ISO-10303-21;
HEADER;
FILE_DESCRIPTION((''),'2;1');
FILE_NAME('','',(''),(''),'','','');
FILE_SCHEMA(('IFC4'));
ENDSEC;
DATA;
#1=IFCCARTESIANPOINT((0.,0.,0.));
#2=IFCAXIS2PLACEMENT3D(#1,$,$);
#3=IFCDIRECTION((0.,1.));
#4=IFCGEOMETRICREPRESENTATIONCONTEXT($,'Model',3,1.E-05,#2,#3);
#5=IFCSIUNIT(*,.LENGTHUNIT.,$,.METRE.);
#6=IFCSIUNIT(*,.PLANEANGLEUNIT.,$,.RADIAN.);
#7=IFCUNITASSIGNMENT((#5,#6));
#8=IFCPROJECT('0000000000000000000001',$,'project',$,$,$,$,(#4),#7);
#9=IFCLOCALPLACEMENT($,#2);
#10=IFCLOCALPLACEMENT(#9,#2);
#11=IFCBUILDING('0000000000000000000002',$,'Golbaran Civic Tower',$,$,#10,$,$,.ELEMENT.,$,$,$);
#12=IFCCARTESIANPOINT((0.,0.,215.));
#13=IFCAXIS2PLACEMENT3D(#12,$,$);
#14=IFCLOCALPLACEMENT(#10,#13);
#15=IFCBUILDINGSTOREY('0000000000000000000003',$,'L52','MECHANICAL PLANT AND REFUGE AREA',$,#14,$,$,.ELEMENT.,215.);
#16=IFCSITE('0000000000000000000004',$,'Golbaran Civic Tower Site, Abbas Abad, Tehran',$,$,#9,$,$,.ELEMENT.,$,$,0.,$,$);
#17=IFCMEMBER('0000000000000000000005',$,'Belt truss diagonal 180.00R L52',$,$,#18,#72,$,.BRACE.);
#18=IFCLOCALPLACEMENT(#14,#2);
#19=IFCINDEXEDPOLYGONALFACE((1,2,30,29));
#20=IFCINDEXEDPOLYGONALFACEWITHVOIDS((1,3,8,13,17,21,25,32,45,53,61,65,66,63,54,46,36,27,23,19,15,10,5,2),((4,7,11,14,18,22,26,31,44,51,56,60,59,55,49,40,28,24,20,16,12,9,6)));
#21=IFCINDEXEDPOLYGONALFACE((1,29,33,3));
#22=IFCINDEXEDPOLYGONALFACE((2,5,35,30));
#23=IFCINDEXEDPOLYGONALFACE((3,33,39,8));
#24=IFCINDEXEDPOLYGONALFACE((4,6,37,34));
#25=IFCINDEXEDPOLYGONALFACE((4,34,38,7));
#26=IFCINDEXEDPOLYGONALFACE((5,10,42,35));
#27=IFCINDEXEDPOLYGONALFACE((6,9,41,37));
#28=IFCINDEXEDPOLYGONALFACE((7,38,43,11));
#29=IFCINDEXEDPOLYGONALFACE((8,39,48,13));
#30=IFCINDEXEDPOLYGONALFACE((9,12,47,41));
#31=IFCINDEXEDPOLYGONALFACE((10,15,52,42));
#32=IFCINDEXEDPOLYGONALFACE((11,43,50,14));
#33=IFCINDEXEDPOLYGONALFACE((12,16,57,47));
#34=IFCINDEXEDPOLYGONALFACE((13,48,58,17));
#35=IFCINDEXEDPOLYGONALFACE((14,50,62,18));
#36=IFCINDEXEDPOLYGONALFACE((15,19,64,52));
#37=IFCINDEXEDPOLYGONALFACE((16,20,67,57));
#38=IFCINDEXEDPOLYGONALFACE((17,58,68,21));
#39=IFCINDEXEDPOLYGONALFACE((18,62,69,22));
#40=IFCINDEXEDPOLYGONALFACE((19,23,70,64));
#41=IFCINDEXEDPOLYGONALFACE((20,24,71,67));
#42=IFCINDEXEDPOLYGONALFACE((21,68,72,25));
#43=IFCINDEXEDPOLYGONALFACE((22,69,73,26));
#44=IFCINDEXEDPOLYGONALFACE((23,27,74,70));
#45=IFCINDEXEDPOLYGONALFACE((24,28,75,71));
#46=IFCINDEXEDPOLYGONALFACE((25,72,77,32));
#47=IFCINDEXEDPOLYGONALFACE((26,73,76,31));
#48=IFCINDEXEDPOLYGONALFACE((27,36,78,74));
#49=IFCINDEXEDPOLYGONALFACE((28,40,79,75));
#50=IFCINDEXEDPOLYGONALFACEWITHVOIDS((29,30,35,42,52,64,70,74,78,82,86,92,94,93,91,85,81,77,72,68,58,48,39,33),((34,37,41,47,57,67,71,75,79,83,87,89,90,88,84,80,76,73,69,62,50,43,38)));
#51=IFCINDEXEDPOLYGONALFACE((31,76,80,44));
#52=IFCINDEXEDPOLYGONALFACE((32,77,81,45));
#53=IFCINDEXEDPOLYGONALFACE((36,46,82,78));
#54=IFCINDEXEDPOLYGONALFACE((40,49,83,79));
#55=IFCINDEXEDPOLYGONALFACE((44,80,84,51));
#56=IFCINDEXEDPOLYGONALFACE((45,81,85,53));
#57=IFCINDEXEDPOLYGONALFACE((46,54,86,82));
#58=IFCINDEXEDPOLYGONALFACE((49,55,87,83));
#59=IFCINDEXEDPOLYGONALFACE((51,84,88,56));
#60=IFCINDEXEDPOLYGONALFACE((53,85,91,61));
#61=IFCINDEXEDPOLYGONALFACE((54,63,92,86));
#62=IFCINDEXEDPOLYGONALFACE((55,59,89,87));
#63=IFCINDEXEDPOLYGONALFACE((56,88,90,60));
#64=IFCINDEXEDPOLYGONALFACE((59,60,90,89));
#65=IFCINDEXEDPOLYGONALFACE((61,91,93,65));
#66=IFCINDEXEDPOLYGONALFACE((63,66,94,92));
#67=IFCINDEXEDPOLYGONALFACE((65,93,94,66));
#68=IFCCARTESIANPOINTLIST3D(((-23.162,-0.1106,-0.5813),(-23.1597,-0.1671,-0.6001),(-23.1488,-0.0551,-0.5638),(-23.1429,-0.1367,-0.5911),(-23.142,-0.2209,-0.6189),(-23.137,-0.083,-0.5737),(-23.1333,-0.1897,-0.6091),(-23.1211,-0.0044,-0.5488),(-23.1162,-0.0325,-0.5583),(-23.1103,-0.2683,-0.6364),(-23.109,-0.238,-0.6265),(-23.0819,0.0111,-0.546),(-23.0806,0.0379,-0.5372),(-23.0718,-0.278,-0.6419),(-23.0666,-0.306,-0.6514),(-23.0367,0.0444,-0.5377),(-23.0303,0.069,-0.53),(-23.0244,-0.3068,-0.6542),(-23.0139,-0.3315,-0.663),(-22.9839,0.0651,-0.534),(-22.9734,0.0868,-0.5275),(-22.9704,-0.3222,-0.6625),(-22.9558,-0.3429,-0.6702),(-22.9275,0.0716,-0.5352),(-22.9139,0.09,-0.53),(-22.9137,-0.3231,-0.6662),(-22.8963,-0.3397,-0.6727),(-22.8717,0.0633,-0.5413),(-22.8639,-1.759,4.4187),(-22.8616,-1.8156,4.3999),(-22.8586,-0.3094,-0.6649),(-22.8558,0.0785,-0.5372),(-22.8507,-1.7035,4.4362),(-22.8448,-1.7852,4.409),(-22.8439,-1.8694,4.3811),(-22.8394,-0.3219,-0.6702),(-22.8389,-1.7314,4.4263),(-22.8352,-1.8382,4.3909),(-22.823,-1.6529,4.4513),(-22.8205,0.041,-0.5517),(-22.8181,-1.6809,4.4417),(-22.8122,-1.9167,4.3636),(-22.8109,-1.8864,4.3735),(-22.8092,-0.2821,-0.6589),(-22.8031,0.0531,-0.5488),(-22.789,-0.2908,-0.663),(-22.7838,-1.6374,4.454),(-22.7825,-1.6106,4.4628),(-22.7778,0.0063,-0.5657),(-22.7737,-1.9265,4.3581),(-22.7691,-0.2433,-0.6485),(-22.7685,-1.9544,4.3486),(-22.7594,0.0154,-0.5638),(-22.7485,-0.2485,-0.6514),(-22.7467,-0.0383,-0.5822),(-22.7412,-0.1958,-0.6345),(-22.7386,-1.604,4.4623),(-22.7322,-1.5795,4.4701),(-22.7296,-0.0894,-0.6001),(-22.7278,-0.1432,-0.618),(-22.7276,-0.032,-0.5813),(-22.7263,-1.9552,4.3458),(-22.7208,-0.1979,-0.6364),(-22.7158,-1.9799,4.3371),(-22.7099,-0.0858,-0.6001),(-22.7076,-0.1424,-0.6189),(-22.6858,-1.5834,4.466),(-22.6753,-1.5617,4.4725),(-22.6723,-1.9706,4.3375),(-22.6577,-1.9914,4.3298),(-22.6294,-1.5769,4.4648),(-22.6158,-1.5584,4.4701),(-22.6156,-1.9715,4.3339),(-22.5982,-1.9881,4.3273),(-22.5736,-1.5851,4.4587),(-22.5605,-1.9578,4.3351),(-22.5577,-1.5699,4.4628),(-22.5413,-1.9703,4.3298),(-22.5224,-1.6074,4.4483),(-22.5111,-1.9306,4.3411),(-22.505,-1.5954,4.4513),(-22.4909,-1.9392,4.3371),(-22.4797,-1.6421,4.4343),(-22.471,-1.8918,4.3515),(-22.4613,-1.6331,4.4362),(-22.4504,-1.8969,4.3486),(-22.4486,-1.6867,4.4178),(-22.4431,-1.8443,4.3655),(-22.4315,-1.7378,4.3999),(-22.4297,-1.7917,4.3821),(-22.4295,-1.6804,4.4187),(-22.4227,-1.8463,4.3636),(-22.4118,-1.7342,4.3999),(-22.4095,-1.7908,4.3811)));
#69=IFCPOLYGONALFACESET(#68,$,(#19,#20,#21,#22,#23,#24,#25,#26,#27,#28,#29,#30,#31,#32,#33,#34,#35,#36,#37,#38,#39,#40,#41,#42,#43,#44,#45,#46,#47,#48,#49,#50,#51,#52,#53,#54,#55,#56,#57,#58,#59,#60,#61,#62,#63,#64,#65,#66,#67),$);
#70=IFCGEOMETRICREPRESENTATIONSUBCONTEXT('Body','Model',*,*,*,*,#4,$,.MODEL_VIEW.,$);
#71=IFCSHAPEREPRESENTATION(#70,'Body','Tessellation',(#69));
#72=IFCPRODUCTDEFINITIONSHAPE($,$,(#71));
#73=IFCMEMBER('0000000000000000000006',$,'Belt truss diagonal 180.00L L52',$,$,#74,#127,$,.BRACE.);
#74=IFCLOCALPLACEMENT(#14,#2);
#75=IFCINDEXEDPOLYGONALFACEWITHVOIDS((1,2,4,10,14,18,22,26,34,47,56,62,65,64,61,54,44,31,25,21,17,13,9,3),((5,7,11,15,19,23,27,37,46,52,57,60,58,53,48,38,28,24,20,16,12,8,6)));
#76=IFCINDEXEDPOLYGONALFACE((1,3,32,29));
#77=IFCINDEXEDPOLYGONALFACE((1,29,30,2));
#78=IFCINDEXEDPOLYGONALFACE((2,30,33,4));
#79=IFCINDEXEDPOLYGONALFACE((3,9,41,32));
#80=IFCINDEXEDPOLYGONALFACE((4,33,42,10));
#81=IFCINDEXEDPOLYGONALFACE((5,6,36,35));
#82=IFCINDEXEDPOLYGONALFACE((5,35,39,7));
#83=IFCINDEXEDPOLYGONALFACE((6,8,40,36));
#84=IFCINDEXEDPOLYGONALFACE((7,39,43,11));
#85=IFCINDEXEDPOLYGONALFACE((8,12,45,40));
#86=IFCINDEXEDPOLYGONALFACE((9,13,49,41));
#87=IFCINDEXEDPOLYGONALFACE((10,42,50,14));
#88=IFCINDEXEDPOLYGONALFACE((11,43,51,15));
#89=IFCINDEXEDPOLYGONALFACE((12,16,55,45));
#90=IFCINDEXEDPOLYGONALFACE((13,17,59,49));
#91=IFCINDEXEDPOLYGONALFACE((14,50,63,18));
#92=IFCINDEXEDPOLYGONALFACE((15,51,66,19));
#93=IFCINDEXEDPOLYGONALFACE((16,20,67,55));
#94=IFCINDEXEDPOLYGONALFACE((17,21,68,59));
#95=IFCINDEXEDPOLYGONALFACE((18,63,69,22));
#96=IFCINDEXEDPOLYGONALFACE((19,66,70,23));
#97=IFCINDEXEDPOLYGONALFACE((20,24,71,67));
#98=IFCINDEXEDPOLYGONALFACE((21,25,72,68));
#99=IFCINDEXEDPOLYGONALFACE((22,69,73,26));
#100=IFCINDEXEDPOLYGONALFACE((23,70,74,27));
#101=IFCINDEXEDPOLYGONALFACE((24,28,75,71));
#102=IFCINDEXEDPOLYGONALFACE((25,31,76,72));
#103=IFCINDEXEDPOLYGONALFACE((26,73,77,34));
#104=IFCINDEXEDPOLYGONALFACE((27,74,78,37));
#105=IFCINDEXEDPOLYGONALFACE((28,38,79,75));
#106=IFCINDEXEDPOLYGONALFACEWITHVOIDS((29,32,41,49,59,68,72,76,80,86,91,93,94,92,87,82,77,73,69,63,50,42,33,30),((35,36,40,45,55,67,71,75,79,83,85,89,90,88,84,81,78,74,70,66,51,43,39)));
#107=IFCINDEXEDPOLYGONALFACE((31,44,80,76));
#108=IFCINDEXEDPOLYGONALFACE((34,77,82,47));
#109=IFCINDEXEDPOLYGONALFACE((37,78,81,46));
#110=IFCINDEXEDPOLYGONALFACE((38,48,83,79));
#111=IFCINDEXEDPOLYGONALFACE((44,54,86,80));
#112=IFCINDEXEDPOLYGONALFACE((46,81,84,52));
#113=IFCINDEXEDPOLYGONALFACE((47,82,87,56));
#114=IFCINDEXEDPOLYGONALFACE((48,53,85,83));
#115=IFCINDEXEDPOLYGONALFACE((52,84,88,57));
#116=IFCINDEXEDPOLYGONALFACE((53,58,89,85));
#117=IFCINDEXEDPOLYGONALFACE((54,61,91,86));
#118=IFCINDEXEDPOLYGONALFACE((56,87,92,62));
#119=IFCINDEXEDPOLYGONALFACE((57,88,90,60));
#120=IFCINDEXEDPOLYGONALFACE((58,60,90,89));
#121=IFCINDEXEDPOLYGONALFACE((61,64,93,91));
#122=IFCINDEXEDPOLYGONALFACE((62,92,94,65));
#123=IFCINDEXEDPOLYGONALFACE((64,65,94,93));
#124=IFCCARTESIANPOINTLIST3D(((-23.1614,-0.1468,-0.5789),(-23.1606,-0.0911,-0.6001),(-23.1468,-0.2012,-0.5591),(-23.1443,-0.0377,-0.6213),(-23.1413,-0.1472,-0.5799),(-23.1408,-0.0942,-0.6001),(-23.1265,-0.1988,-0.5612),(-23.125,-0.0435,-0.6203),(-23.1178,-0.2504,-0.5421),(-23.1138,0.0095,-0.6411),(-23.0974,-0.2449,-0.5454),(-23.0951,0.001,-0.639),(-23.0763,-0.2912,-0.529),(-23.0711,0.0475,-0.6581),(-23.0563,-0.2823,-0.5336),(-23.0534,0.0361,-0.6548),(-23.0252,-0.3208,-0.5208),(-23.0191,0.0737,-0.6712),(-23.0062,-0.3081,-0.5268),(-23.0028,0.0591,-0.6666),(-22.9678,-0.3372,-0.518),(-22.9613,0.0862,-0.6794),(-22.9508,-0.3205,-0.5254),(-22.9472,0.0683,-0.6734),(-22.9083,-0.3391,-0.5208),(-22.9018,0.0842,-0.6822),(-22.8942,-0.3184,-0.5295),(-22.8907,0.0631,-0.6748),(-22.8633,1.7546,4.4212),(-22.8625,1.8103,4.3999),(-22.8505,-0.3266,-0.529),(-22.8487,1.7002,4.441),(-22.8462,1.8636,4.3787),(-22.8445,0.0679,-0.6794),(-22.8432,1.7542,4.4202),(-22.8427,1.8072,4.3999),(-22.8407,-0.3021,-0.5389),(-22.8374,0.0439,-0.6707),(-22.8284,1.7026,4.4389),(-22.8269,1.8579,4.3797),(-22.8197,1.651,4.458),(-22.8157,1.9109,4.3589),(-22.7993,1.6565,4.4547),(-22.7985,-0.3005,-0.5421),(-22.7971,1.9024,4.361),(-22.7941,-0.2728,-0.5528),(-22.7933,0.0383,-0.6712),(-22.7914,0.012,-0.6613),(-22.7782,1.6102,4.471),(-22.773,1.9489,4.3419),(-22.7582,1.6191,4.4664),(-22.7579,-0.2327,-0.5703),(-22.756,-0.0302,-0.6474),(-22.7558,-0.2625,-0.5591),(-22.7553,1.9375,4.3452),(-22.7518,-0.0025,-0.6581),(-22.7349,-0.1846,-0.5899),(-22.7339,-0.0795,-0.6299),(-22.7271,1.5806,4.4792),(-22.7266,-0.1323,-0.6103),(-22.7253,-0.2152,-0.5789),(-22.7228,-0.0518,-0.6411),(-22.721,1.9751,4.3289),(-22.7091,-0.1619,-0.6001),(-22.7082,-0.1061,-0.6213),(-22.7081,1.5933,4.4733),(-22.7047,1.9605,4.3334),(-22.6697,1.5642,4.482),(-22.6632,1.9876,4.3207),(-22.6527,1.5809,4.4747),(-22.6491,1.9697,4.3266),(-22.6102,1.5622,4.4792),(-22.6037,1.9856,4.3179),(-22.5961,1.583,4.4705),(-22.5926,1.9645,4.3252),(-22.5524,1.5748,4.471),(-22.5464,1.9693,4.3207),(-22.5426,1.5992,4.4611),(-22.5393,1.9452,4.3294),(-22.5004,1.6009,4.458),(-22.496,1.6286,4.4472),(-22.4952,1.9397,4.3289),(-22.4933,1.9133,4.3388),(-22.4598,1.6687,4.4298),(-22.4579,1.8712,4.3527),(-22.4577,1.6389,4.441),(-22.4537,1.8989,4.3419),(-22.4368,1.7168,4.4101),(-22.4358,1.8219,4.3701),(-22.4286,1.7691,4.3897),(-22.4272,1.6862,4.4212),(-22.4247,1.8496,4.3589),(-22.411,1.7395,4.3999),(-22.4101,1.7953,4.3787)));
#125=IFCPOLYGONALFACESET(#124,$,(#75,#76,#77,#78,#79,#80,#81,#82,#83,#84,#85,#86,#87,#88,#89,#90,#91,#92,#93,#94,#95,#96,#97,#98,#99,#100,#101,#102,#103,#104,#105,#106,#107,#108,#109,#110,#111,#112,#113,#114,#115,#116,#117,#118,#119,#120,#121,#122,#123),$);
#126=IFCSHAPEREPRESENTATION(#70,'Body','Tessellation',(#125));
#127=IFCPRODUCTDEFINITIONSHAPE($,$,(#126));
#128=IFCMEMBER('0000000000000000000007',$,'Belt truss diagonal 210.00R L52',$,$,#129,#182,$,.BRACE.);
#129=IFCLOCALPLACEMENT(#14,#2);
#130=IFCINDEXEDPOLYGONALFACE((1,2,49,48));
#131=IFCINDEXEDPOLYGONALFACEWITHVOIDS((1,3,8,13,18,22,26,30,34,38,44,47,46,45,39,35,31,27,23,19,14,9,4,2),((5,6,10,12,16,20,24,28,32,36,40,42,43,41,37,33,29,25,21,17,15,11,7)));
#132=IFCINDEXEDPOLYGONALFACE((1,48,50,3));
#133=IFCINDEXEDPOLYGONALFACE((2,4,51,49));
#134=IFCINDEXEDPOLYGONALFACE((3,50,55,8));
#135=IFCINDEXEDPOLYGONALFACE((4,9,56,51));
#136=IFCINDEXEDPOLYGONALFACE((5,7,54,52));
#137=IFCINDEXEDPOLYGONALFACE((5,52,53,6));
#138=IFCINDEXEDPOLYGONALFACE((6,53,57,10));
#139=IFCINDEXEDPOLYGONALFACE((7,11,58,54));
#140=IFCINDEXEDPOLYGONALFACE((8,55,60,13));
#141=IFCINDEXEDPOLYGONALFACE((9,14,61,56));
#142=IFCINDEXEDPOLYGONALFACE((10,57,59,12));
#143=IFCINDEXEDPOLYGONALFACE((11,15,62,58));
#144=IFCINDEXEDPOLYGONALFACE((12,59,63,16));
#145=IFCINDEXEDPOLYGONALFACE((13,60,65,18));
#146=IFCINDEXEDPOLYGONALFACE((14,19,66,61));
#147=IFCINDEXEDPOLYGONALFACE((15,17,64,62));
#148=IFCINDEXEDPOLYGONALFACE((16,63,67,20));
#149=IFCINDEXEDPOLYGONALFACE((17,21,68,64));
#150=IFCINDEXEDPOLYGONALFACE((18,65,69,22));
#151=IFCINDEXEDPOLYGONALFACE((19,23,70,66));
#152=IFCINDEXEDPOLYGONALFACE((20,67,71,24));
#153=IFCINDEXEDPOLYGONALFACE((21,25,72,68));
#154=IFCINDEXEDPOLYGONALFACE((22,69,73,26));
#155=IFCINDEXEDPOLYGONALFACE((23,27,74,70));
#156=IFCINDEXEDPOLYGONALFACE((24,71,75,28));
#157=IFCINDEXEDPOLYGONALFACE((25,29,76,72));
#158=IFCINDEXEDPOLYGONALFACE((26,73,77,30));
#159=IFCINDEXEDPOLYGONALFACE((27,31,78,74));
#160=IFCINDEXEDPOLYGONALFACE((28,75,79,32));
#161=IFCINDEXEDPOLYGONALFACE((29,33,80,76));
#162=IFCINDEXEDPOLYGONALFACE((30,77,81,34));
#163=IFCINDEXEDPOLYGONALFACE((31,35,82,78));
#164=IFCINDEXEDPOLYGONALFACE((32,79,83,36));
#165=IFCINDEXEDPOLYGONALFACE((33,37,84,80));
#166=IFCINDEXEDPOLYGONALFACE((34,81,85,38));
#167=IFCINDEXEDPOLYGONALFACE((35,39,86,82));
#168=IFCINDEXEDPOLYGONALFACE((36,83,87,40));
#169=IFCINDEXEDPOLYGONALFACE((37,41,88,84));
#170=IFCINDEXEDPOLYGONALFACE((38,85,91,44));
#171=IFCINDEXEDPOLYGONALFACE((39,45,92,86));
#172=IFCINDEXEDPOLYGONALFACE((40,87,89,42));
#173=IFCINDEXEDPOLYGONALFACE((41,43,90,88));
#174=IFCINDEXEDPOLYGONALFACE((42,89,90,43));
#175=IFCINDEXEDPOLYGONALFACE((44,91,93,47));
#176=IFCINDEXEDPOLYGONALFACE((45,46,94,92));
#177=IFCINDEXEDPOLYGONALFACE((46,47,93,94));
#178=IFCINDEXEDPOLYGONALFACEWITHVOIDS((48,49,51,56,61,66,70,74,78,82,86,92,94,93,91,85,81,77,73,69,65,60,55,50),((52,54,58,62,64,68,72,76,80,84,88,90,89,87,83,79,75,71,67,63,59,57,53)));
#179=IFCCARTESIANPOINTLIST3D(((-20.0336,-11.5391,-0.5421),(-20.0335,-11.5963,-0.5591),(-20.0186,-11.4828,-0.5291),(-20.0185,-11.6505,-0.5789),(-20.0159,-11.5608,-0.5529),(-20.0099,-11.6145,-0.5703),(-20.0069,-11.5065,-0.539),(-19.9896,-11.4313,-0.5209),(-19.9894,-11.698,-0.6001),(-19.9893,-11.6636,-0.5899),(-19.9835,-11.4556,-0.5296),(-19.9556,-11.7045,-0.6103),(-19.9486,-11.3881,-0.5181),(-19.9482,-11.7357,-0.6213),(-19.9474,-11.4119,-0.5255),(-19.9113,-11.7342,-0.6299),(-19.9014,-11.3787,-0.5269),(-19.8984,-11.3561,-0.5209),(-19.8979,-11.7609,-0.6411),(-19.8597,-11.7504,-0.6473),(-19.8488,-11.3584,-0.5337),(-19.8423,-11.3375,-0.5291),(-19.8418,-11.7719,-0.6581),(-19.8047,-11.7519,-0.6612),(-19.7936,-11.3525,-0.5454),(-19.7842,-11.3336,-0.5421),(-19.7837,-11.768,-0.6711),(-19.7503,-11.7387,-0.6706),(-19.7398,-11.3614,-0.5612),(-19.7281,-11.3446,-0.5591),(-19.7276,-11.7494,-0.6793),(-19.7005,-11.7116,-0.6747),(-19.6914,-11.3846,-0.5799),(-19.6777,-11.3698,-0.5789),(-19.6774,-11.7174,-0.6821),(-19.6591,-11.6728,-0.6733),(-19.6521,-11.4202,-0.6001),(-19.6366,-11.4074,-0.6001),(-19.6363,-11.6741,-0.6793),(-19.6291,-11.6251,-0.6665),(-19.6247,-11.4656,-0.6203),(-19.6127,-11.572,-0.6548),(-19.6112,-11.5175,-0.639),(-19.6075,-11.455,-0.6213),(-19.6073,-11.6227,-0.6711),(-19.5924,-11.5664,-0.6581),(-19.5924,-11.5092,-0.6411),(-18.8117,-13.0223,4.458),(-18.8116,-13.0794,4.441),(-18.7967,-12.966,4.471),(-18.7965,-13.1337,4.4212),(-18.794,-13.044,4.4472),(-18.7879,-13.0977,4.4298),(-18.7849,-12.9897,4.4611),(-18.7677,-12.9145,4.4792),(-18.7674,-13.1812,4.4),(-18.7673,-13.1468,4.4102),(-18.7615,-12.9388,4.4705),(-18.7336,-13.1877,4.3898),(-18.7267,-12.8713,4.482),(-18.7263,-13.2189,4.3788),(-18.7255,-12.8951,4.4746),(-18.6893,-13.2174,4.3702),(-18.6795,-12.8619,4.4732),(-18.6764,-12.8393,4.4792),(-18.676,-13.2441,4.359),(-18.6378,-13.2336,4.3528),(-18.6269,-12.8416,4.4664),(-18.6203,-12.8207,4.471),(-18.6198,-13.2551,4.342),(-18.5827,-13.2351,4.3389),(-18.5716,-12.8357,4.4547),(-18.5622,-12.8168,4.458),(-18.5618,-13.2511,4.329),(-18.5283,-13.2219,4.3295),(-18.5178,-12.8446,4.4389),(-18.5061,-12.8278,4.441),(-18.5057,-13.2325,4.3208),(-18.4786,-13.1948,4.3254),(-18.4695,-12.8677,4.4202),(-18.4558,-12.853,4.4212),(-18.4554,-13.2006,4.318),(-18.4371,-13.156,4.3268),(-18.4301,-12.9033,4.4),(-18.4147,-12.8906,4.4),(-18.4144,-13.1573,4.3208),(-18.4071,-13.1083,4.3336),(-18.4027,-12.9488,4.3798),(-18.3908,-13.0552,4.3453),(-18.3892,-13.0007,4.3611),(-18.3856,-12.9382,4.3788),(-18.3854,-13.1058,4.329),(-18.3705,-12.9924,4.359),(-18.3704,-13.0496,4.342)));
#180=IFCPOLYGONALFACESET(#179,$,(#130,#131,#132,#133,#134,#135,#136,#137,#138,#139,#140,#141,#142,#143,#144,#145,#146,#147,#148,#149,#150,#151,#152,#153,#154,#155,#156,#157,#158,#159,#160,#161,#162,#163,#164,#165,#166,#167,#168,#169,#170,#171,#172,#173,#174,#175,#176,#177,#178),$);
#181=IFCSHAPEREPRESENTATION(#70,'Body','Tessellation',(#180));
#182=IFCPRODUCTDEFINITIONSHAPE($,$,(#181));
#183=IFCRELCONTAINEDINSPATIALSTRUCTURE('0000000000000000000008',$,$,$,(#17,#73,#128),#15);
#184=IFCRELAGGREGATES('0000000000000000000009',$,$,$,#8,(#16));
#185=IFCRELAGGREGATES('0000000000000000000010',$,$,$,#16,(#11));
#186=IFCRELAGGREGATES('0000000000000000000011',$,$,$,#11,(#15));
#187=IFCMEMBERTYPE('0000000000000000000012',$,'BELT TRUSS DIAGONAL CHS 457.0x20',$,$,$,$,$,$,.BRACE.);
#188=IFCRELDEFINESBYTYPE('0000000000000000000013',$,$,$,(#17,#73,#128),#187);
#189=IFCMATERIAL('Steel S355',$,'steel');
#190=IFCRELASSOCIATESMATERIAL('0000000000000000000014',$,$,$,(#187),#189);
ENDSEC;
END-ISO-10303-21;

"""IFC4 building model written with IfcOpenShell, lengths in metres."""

from ifc_helpers import new_model, si_unit, direction, frame, origin, origin_2d, place, context, subcontext, project, spatial, hollow_circle, extrude, material, material_profile, profile_set, type_object, element, save


model = new_model("IFC4")

# Units and contexts
model_context = context("Model", 3, precision=1e-05, world=origin(), true_north=direction((0.0, 1.0)))
body_context = subcontext(model_context, "Body", "Model", "MODEL_VIEW")
ifc_project = project(units=[si_unit("LENGTHUNIT", "METRE"), si_unit("PLANEANGLEUNIT", "RADIAN")], contexts=[model_context])

# Site, building, storey
site_placement = place(None, origin())
site = spatial("IfcSite", under=ifc_project, at=site_placement, Name="Golbaran Civic Tower Site, Abbas Abad, Tehran", CompositionType="ELEMENT", RefElevation=0.0)
building_placement = place(site_placement, origin())
building = spatial("IfcBuilding", under=site, at=building_placement, Name="Golbaran Civic Tower", CompositionType="ELEMENT")
storey_placement = place(building_placement, frame((0.0, 0.0, 215.0)))
storey = spatial("IfcBuildingStorey", under=building, at=storey_placement, Name="L52", Description="MECHANICAL PLANT AND REFUGE AREA", CompositionType="ELEMENT", Elevation=215.0)

# Members
ifc_material_1 = material(Name="Steel S355", Category="steel")
ifc_material_profile_1 = material_profile(ifc_material_1, hollow_circle(Radius=0.2285, WallThickness=0.02, at=origin_2d()), Name="CHS 457.0x20")
ifc_profile_set_1 = profile_set([ifc_material_profile_1], Name="Steel S355")
member_type_1 = type_object("IfcMemberType", Name="BELT TRUSS DIAGONAL CHS 457.0x20", PredefinedType="BRACE", material=ifc_profile_set_1)
member_1_placement = place(storey_placement, frame((-22.9348, -0.1265, -0.6001), z_axis=(0.056531, -0.312609, 0.948198), x_axis=(0.98404, 0.177949, 0.0)))
element("IfcMember", 1, at=member_1_placement, inside=storey, type_object=member_type_1, Name="Belt truss diagonal 180.00R L52", PredefinedType="BRACE", context=body_context, shape_type="SweptSolid", body=[
    extrude(hollow_circle(Radius=0.2285, WallThickness=0.02, at=origin_2d()), origin(), (0.0, 0.0, 1.0), 5.2732),
])
member_2_placement = place(storey_placement, frame((-22.9348, -0.1265, -0.6001), z_axis=(0.05564, 0.35489, 0.933251), x_axis=(-0.987932, 0.154888, 0.0)))
element("IfcMember", 2, at=member_2_placement, inside=storey, type_object=member_type_1, Name="Belt truss diagonal 180.00L L52", PredefinedType="BRACE", context=body_context, shape_type="SweptSolid", body=[
    extrude(hollow_circle(Radius=0.2285, WallThickness=0.02, at=origin_2d()), origin(), (0.0, 0.0, 1.0), 5.3577),
])
member_3_placement = place(storey_placement, frame((-19.813, -11.5527, -0.6001), z_axis=(0.228117, -0.276885, 0.933433), x_axis=(0.771802, 0.635863, 0.0)))
element("IfcMember", 3, at=member_3_placement, inside=storey, type_object=member_type_1, Name="Belt truss diagonal 210.00R L52", PredefinedType="BRACE", context=body_context, shape_type="SweptSolid", body=[
    extrude(hollow_circle(Radius=0.2285, WallThickness=0.02, at=origin_2d()), origin(), (0.0, 0.0, 1.0), 5.3567),
])

save(model, "model.ifc")
